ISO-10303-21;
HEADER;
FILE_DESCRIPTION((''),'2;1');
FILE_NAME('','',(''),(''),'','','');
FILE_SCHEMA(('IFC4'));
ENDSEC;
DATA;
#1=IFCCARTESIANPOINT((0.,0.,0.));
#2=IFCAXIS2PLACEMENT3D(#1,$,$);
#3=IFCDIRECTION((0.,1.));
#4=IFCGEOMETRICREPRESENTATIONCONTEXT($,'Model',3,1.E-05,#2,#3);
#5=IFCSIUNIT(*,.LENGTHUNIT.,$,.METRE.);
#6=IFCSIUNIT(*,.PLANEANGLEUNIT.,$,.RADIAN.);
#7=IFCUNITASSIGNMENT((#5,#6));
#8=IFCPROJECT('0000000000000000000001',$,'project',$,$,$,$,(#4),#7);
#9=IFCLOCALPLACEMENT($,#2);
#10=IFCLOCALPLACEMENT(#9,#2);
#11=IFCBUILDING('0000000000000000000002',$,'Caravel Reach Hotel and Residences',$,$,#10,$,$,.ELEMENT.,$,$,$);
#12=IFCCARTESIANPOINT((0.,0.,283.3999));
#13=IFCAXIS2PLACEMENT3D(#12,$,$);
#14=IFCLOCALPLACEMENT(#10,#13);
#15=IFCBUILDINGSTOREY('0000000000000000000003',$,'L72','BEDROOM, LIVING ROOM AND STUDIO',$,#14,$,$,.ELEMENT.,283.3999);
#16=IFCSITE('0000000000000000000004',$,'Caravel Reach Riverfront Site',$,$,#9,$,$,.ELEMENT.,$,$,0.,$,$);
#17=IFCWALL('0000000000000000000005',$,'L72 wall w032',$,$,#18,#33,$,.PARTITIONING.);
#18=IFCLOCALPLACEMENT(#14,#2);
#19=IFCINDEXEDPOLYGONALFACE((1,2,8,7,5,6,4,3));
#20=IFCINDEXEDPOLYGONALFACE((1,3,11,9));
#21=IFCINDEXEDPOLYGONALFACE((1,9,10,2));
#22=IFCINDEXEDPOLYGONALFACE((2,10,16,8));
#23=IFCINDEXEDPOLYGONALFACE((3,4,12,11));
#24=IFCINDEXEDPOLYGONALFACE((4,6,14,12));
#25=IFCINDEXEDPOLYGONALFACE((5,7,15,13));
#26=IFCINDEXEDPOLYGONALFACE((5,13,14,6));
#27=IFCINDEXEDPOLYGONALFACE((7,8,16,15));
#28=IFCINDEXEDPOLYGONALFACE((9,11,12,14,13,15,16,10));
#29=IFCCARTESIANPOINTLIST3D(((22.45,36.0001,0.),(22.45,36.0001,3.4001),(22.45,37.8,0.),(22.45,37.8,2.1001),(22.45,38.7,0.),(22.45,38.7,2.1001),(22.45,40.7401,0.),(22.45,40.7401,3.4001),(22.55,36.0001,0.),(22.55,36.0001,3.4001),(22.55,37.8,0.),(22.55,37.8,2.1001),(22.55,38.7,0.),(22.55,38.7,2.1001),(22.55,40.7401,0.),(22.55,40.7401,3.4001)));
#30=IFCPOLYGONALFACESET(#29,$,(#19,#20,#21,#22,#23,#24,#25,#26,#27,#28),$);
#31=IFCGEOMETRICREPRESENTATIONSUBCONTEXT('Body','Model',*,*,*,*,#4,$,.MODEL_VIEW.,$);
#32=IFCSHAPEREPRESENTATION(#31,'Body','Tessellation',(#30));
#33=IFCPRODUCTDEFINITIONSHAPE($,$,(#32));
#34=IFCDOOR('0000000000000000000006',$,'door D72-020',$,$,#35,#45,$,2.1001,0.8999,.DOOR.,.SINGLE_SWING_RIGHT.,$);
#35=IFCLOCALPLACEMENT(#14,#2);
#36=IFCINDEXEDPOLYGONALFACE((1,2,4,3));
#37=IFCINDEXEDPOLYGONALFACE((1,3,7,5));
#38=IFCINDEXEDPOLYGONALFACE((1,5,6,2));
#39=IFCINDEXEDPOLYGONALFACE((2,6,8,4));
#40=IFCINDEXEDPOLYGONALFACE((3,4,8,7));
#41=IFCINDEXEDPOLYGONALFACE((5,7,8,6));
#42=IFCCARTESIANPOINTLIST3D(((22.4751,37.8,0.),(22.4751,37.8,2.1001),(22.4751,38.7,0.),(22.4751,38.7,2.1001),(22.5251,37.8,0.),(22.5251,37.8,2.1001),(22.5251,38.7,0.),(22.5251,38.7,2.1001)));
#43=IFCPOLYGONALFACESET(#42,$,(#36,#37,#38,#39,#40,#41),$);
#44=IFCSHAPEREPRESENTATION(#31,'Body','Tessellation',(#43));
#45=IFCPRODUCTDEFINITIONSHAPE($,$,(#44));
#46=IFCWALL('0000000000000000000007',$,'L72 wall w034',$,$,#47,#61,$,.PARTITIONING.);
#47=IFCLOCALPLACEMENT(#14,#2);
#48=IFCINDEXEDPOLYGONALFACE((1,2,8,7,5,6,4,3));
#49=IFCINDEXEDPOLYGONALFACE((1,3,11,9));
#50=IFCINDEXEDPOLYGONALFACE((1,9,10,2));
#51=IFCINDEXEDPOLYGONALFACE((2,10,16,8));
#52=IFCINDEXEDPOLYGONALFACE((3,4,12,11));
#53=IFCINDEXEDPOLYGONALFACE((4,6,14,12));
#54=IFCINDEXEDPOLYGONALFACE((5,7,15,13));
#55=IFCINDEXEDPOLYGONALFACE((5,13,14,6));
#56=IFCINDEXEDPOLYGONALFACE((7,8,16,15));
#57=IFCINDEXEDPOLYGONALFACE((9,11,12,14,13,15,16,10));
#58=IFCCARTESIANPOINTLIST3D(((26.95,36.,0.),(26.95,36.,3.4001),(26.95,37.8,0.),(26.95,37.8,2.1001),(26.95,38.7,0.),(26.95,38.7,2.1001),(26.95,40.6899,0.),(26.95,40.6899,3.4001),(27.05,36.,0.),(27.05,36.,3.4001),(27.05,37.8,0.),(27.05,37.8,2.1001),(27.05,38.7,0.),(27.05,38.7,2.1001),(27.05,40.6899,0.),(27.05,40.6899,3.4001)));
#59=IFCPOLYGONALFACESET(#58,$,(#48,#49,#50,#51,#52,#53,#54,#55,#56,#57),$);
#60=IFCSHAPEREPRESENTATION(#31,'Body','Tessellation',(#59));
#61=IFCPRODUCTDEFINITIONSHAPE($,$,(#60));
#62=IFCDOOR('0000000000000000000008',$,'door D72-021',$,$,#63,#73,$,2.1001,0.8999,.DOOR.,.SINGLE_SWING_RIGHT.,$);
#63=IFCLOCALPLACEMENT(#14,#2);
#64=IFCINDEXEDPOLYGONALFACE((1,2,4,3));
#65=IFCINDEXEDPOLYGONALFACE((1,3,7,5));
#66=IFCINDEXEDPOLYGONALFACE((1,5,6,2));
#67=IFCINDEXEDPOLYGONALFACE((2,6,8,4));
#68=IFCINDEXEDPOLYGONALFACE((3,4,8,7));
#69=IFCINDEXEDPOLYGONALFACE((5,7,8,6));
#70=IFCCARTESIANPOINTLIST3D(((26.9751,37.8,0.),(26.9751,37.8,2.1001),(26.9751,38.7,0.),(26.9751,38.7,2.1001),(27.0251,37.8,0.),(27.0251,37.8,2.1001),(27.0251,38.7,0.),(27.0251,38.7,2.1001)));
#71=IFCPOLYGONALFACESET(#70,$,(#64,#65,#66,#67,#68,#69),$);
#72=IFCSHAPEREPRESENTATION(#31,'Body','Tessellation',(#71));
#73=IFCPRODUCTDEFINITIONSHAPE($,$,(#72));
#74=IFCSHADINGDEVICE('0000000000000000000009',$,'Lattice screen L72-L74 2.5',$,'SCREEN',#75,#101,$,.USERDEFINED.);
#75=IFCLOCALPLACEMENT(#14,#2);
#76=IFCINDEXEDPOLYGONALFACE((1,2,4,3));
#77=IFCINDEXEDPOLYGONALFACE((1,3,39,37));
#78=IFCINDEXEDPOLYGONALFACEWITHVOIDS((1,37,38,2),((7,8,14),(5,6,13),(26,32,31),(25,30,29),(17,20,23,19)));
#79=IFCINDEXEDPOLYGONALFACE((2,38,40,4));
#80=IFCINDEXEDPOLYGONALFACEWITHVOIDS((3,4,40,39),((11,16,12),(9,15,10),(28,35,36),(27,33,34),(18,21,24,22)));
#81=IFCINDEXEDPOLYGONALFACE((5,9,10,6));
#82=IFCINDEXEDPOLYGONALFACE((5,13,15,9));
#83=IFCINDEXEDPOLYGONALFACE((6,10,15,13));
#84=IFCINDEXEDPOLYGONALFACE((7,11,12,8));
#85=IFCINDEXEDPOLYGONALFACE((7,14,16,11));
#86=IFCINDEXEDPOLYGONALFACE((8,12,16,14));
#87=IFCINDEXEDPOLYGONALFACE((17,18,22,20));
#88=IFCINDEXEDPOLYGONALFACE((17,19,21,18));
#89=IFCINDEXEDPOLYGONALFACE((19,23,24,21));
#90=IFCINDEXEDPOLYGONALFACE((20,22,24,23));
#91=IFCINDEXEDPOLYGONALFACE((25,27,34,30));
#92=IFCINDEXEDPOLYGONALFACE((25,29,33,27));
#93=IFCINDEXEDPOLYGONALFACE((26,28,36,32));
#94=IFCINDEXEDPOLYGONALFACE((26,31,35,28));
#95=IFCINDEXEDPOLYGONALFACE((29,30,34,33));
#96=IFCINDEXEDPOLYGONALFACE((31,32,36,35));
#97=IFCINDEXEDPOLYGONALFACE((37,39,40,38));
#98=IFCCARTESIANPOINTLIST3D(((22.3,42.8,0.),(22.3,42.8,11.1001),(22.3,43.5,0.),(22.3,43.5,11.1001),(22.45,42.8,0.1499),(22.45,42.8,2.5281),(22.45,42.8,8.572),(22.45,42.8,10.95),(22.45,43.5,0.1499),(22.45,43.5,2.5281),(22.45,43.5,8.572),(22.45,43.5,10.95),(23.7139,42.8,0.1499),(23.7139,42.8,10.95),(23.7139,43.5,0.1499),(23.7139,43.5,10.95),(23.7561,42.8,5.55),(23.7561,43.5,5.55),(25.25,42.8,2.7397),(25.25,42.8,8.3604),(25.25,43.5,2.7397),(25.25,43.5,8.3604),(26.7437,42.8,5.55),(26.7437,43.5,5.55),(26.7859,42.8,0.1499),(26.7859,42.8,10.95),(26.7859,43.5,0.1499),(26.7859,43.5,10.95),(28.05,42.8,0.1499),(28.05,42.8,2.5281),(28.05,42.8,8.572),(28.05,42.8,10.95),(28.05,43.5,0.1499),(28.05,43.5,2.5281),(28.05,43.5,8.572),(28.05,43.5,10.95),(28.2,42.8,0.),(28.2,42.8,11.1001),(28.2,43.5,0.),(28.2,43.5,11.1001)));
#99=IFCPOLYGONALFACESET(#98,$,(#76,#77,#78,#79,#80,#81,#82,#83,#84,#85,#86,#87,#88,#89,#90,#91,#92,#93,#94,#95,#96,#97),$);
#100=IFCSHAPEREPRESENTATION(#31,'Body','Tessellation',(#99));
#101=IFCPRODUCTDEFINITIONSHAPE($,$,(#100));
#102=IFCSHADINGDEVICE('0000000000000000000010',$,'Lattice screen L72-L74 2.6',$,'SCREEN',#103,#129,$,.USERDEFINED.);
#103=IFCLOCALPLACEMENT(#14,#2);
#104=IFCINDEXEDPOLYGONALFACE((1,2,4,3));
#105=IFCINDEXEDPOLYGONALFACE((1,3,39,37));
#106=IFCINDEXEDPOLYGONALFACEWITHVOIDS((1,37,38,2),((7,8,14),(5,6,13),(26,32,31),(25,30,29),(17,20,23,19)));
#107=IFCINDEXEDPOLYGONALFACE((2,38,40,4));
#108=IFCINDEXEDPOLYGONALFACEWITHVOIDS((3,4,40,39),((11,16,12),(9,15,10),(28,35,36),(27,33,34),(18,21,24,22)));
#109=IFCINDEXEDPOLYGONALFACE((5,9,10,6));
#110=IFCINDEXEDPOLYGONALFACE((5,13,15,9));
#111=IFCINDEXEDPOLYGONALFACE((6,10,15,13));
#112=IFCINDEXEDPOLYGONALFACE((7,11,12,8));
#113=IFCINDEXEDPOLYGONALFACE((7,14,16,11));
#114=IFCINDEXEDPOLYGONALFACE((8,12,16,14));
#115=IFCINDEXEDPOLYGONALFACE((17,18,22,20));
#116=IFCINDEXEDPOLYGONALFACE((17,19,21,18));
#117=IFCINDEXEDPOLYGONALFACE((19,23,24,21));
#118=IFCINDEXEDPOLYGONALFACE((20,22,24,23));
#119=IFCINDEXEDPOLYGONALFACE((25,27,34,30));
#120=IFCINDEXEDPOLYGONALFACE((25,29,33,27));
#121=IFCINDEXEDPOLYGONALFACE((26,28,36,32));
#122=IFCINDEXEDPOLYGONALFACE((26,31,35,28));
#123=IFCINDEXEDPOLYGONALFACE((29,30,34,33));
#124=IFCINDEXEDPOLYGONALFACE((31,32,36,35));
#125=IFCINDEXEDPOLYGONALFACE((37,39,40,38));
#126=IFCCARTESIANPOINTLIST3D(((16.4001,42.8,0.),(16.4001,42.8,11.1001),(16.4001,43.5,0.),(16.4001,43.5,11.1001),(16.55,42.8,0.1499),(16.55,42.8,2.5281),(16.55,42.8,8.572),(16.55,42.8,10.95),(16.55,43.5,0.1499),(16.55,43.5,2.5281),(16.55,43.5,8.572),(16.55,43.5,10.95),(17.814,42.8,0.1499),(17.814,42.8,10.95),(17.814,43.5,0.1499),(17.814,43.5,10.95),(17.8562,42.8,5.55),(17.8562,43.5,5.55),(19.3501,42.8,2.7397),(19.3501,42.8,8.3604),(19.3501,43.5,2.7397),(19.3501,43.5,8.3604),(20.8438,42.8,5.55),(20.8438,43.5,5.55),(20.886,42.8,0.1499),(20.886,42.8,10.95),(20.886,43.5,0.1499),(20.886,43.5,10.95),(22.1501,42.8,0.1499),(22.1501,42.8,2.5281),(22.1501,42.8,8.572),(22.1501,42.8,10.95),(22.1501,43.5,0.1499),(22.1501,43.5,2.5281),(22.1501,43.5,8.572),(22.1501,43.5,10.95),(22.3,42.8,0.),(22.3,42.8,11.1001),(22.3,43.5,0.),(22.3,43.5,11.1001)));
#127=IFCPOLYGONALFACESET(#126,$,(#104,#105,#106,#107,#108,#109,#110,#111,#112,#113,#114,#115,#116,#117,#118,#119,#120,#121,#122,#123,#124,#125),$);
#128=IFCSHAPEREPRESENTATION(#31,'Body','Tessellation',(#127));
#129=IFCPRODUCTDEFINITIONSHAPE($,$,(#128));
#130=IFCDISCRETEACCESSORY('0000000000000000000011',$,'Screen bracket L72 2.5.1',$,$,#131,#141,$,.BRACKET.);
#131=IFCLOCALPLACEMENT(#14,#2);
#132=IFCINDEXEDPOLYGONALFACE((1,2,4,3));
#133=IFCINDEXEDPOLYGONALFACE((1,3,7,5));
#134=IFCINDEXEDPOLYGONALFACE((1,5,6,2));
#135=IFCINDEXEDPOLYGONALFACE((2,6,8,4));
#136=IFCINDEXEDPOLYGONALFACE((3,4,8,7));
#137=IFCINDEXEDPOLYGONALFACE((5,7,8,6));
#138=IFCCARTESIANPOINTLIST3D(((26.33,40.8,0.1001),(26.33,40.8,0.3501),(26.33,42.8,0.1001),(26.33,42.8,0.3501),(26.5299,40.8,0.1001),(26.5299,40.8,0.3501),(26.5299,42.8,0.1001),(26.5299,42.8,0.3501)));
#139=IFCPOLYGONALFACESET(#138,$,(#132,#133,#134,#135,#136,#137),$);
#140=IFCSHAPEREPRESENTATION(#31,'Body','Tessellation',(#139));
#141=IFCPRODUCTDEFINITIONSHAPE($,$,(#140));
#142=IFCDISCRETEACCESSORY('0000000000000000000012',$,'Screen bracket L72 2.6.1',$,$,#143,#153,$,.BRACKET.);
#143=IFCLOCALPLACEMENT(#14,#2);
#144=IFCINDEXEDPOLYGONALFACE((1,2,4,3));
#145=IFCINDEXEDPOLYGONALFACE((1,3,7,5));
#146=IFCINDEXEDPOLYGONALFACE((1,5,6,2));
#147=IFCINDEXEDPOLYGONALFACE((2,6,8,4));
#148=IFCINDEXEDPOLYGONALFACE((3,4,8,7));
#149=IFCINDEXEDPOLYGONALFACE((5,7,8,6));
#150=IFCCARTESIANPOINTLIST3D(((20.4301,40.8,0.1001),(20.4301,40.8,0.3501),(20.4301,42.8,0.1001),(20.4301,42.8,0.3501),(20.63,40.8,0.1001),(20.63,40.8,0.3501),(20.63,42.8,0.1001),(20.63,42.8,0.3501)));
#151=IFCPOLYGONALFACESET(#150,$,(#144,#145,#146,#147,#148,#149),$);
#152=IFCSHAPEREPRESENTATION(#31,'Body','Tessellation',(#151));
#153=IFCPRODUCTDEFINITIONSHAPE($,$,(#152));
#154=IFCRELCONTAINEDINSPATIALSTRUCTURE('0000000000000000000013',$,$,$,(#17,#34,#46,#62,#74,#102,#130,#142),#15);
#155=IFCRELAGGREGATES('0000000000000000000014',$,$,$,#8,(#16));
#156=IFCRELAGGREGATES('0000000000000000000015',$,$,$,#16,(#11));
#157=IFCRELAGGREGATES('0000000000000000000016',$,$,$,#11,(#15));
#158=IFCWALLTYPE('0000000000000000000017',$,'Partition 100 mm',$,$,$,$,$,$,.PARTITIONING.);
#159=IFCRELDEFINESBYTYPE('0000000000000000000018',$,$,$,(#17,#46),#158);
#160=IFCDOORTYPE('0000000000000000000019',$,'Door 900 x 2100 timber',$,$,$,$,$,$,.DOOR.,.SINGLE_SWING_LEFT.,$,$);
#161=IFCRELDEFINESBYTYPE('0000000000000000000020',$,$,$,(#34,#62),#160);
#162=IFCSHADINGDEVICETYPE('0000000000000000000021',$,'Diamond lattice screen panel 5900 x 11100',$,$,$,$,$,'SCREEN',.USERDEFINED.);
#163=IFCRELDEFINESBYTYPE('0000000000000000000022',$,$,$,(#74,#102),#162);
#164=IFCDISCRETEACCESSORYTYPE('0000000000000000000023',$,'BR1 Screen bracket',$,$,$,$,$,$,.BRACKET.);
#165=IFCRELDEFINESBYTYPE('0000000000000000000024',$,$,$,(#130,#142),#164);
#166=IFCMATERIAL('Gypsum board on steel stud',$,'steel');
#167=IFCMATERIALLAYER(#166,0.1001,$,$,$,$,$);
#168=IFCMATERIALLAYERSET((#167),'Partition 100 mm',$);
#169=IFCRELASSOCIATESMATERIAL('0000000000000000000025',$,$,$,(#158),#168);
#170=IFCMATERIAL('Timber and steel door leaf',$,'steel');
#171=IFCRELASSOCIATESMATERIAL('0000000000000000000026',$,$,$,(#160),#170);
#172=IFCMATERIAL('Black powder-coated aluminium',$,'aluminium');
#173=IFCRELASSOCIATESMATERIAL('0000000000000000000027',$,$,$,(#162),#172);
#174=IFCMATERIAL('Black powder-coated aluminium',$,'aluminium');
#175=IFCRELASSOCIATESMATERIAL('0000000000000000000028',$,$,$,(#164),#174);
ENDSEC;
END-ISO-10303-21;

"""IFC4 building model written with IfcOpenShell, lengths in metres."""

from ifc_helpers import new_model, si_unit, direction, frame, frame_2d, origin, origin_2d, place, context, subcontext, project, spatial, polyline, rectangle, outline, extrude, material, layer, layer_set, type_object, element, fill, save


model = new_model("IFC4")

# Units and contexts
model_context = context("Model", 3, precision=1e-05, world=origin(), true_north=direction((0.0, 1.0)))
body_context = subcontext(model_context, "Body", "Model", "MODEL_VIEW")
ifc_project = project(units=[si_unit("LENGTHUNIT", "METRE"), si_unit("PLANEANGLEUNIT", "RADIAN")], contexts=[model_context])

# Site, building, storey
site_placement = place(None, origin())
site = spatial("IfcSite", under=ifc_project, at=site_placement, Name="Caravel Reach Riverfront Site", CompositionType="ELEMENT", RefElevation=0.0)
building_placement = place(site_placement, origin())
building = spatial("IfcBuilding", under=site, at=building_placement, Name="Caravel Reach Hotel and Residences", CompositionType="ELEMENT")
storey_placement = place(building_placement, frame((0.0, 0.0, 283.3999)))
storey = spatial("IfcBuildingStorey", under=building, at=storey_placement, Name="L72", Description="BEDROOM, LIVING ROOM AND STUDIO", CompositionType="ELEMENT", Elevation=283.3999)

# Shared definitions
ifc_material_1 = material(Name="Gypsum board on steel stud", Category="steel")
ifc_layer_1 = layer(ifc_material_1, 0.1001)
ifc_layer_set_1 = layer_set([ifc_layer_1], Name="Partition 100 mm")
wall_type_1 = type_object("IfcWallType", Name="Partition 100 mm", PredefinedType="PARTITIONING", material=ifc_layer_set_1)

# Walls, openings, doors
wall_1_placement = place(storey_placement, frame((22.5, 36.0, 0.0), z_axis=(0.0, 0.0, 1.0), x_axis=(0.0, 1.0, 0.0)))
wall_1 = element("IfcWall", 1, at=wall_1_placement, inside=storey, type_object=wall_type_1, Name="L72 wall w032", PredefinedType="PARTITIONING", context=body_context, shape_type="SweptSolid", body=[
    extrude(rectangle(XDim=4.74, YDim=0.1001, at=frame_2d((2.3701, 0.0))), origin(), (0.0, 0.0, 1.0), 3.4001),
])
opening_1_placement = place(wall_1_placement, frame((1.8, 0.0, 0.0)))
opening_1 = element("IfcOpeningElement", 2, at=opening_1_placement, cuts=wall_1, PredefinedType="OPENING", context=body_context, shape_type="SweptSolid", body=[
    extrude(rectangle(XDim=0.8999, YDim=2.1001, at=frame_2d((0.45, 1.05))), frame((0.0, 0.0601, 0.0), z_axis=(0.0, -1.0, 0.0), x_axis=(1.0, 0.0, 0.0)), (0.0, 0.0, 1.0), 0.1201),
])
ifc_material_2 = material(Name="Timber and steel door leaf", Category="steel")
door_type_1 = type_object("IfcDoorType", Name="Door 900 x 2100 timber", OperationType="SINGLE_SWING_LEFT", PredefinedType="DOOR", material=ifc_material_2)
door_1_placement = place(opening_1_placement, origin())
door_1 = element("IfcDoor", 3, at=door_1_placement, inside=storey, type_object=door_type_1, Name="door D72-020", OperationType="SINGLE_SWING_RIGHT", OverallHeight=2.1001, OverallWidth=0.8999, PredefinedType="DOOR", context=body_context, shape_type="SweptSolid", body=[
    extrude(rectangle(XDim=0.8999, YDim=2.1001, at=frame_2d((0.45, 1.05))), frame((0.0, 0.0249, 0.0), z_axis=(0.0, -1.0, 0.0), x_axis=(1.0, 0.0, 0.0)), (0.0, 0.0, 1.0), 0.05),
])
fill(opening_1, door_1)
wall_2_placement = place(storey_placement, frame((27.0, 36.0, 0.0), z_axis=(0.0, 0.0, 1.0), x_axis=(0.0, 1.0, 0.0)))
wall_2 = element("IfcWall", 4, at=wall_2_placement, inside=storey, type_object=wall_type_1, Name="L72 wall w034", PredefinedType="PARTITIONING", context=body_context, shape_type="SweptSolid", body=[
    extrude(rectangle(XDim=4.6899, YDim=0.1001, at=frame_2d((2.345, 0.0))), origin(), (0.0, 0.0, 1.0), 3.4001),
])
opening_2_placement = place(wall_2_placement, frame((1.8, 0.0, 0.0)))
opening_2 = element("IfcOpeningElement", 5, at=opening_2_placement, cuts=wall_2, PredefinedType="OPENING", context=body_context, shape_type="SweptSolid", body=[
    extrude(rectangle(XDim=0.8999, YDim=2.1001, at=frame_2d((0.45, 1.05))), frame((0.0, 0.0601, 0.0), z_axis=(0.0, -1.0, 0.0), x_axis=(1.0, 0.0, 0.0)), (0.0, 0.0, 1.0), 0.1201),
])
door_2_placement = place(opening_2_placement, origin())
door_2 = element("IfcDoor", 6, at=door_2_placement, inside=storey, type_object=door_type_1, Name="door D72-021", OperationType="SINGLE_SWING_RIGHT", OverallHeight=2.1001, OverallWidth=0.8999, PredefinedType="DOOR", context=body_context, shape_type="SweptSolid", body=[
    extrude(rectangle(XDim=0.8999, YDim=2.1001, at=frame_2d((0.45, 1.05))), frame((0.0, 0.0249, 0.0), z_axis=(0.0, -1.0, 0.0), x_axis=(1.0, 0.0, 0.0)), (0.0, 0.0, 1.0), 0.05),
])
fill(opening_2, door_2)

# Shading devices
ifc_material_3 = material(Name="Black powder-coated aluminium", Category="aluminium")
shading_device_type = type_object("IfcShadingDeviceType", Name="Diamond lattice screen panel 5900 x 11100", ElementType="SCREEN", PredefinedType="USERDEFINED", material=ifc_material_3)
for number, where, z_axis, x_axis, name in (
    (7, (28.2, 42.8, 0.0), (0.0, 1.0, 0.0), (-1.0, 0.0, 0.0), "Lattice screen L72-L74 2.5"),
    (8, (22.3, 42.8, 0.0), (0.0, 1.0, 0.0), (-1.0, 0.0, 0.0), "Lattice screen L72-L74 2.6"),
):
    element("IfcShadingDevice", number, at=place(storey_placement, frame(where, z_axis=z_axis, x_axis=x_axis)), inside=storey, type_object=shading_device_type, Name=name, ObjectType="SCREEN", PredefinedType="USERDEFINED", context=body_context, shape_type="SweptSolid", body=[
        extrude(outline(polyline([(0.0, 0.0), (5.8999, 0.0), (5.8999, 11.1001), (0.0, 11.1001), (0.0, 0.0)]), holes=[polyline([(1.4141, 0.1499), (0.1499, 2.5281), (0.1499, 0.1499), (1.4141, 0.1499)]), polyline([(0.1499, 8.572), (1.4141, 10.95), (0.1499, 10.95), (0.1499, 8.572)]), polyline([(2.95, 8.3604), (1.4563, 5.55), (2.95, 2.7397), (4.4438, 5.55), (2.95, 8.3604)]), polyline([(5.75, 2.5281), (4.4861, 0.1499), (5.75, 0.1499), (5.75, 2.5281)]), polyline([(4.4861, 10.95), (5.75, 8.572), (5.75, 10.95), (4.4861, 10.95)])]), origin(), (0.0, 0.0, 1.0), 0.7),
    ])

# Discrete accessories
ifc_material_4 = material(Name="Black powder-coated aluminium", Category="aluminium")
discrete_accessory_type = type_object("IfcDiscreteAccessoryType", Name="BR1 Screen bracket", PredefinedType="BRACKET", material=ifc_material_4)
for number, where, z_axis, x_axis, name in (
    (9, (26.4299, 41.8, 0.1001), (0.0, 0.0, 1.0), (0.0, 1.0, 0.0), "Screen bracket L72 2.5.1"),
    (10, (20.53, 41.8, 0.1001), (0.0, 0.0, 1.0), (0.0, 1.0, 0.0), "Screen bracket L72 2.6.1"),
):
    element("IfcDiscreteAccessory", number, at=place(storey_placement, frame(where, z_axis=z_axis, x_axis=x_axis)), inside=storey, type_object=discrete_accessory_type, Name=name, PredefinedType="BRACKET", context=body_context, shape_type="SweptSolid", body=[
        extrude(rectangle(XDim=2.0, YDim=0.2, at=origin_2d()), origin(), (0.0, 0.0, 1.0), 0.25),
    ])

save(model, "model.ifc")
